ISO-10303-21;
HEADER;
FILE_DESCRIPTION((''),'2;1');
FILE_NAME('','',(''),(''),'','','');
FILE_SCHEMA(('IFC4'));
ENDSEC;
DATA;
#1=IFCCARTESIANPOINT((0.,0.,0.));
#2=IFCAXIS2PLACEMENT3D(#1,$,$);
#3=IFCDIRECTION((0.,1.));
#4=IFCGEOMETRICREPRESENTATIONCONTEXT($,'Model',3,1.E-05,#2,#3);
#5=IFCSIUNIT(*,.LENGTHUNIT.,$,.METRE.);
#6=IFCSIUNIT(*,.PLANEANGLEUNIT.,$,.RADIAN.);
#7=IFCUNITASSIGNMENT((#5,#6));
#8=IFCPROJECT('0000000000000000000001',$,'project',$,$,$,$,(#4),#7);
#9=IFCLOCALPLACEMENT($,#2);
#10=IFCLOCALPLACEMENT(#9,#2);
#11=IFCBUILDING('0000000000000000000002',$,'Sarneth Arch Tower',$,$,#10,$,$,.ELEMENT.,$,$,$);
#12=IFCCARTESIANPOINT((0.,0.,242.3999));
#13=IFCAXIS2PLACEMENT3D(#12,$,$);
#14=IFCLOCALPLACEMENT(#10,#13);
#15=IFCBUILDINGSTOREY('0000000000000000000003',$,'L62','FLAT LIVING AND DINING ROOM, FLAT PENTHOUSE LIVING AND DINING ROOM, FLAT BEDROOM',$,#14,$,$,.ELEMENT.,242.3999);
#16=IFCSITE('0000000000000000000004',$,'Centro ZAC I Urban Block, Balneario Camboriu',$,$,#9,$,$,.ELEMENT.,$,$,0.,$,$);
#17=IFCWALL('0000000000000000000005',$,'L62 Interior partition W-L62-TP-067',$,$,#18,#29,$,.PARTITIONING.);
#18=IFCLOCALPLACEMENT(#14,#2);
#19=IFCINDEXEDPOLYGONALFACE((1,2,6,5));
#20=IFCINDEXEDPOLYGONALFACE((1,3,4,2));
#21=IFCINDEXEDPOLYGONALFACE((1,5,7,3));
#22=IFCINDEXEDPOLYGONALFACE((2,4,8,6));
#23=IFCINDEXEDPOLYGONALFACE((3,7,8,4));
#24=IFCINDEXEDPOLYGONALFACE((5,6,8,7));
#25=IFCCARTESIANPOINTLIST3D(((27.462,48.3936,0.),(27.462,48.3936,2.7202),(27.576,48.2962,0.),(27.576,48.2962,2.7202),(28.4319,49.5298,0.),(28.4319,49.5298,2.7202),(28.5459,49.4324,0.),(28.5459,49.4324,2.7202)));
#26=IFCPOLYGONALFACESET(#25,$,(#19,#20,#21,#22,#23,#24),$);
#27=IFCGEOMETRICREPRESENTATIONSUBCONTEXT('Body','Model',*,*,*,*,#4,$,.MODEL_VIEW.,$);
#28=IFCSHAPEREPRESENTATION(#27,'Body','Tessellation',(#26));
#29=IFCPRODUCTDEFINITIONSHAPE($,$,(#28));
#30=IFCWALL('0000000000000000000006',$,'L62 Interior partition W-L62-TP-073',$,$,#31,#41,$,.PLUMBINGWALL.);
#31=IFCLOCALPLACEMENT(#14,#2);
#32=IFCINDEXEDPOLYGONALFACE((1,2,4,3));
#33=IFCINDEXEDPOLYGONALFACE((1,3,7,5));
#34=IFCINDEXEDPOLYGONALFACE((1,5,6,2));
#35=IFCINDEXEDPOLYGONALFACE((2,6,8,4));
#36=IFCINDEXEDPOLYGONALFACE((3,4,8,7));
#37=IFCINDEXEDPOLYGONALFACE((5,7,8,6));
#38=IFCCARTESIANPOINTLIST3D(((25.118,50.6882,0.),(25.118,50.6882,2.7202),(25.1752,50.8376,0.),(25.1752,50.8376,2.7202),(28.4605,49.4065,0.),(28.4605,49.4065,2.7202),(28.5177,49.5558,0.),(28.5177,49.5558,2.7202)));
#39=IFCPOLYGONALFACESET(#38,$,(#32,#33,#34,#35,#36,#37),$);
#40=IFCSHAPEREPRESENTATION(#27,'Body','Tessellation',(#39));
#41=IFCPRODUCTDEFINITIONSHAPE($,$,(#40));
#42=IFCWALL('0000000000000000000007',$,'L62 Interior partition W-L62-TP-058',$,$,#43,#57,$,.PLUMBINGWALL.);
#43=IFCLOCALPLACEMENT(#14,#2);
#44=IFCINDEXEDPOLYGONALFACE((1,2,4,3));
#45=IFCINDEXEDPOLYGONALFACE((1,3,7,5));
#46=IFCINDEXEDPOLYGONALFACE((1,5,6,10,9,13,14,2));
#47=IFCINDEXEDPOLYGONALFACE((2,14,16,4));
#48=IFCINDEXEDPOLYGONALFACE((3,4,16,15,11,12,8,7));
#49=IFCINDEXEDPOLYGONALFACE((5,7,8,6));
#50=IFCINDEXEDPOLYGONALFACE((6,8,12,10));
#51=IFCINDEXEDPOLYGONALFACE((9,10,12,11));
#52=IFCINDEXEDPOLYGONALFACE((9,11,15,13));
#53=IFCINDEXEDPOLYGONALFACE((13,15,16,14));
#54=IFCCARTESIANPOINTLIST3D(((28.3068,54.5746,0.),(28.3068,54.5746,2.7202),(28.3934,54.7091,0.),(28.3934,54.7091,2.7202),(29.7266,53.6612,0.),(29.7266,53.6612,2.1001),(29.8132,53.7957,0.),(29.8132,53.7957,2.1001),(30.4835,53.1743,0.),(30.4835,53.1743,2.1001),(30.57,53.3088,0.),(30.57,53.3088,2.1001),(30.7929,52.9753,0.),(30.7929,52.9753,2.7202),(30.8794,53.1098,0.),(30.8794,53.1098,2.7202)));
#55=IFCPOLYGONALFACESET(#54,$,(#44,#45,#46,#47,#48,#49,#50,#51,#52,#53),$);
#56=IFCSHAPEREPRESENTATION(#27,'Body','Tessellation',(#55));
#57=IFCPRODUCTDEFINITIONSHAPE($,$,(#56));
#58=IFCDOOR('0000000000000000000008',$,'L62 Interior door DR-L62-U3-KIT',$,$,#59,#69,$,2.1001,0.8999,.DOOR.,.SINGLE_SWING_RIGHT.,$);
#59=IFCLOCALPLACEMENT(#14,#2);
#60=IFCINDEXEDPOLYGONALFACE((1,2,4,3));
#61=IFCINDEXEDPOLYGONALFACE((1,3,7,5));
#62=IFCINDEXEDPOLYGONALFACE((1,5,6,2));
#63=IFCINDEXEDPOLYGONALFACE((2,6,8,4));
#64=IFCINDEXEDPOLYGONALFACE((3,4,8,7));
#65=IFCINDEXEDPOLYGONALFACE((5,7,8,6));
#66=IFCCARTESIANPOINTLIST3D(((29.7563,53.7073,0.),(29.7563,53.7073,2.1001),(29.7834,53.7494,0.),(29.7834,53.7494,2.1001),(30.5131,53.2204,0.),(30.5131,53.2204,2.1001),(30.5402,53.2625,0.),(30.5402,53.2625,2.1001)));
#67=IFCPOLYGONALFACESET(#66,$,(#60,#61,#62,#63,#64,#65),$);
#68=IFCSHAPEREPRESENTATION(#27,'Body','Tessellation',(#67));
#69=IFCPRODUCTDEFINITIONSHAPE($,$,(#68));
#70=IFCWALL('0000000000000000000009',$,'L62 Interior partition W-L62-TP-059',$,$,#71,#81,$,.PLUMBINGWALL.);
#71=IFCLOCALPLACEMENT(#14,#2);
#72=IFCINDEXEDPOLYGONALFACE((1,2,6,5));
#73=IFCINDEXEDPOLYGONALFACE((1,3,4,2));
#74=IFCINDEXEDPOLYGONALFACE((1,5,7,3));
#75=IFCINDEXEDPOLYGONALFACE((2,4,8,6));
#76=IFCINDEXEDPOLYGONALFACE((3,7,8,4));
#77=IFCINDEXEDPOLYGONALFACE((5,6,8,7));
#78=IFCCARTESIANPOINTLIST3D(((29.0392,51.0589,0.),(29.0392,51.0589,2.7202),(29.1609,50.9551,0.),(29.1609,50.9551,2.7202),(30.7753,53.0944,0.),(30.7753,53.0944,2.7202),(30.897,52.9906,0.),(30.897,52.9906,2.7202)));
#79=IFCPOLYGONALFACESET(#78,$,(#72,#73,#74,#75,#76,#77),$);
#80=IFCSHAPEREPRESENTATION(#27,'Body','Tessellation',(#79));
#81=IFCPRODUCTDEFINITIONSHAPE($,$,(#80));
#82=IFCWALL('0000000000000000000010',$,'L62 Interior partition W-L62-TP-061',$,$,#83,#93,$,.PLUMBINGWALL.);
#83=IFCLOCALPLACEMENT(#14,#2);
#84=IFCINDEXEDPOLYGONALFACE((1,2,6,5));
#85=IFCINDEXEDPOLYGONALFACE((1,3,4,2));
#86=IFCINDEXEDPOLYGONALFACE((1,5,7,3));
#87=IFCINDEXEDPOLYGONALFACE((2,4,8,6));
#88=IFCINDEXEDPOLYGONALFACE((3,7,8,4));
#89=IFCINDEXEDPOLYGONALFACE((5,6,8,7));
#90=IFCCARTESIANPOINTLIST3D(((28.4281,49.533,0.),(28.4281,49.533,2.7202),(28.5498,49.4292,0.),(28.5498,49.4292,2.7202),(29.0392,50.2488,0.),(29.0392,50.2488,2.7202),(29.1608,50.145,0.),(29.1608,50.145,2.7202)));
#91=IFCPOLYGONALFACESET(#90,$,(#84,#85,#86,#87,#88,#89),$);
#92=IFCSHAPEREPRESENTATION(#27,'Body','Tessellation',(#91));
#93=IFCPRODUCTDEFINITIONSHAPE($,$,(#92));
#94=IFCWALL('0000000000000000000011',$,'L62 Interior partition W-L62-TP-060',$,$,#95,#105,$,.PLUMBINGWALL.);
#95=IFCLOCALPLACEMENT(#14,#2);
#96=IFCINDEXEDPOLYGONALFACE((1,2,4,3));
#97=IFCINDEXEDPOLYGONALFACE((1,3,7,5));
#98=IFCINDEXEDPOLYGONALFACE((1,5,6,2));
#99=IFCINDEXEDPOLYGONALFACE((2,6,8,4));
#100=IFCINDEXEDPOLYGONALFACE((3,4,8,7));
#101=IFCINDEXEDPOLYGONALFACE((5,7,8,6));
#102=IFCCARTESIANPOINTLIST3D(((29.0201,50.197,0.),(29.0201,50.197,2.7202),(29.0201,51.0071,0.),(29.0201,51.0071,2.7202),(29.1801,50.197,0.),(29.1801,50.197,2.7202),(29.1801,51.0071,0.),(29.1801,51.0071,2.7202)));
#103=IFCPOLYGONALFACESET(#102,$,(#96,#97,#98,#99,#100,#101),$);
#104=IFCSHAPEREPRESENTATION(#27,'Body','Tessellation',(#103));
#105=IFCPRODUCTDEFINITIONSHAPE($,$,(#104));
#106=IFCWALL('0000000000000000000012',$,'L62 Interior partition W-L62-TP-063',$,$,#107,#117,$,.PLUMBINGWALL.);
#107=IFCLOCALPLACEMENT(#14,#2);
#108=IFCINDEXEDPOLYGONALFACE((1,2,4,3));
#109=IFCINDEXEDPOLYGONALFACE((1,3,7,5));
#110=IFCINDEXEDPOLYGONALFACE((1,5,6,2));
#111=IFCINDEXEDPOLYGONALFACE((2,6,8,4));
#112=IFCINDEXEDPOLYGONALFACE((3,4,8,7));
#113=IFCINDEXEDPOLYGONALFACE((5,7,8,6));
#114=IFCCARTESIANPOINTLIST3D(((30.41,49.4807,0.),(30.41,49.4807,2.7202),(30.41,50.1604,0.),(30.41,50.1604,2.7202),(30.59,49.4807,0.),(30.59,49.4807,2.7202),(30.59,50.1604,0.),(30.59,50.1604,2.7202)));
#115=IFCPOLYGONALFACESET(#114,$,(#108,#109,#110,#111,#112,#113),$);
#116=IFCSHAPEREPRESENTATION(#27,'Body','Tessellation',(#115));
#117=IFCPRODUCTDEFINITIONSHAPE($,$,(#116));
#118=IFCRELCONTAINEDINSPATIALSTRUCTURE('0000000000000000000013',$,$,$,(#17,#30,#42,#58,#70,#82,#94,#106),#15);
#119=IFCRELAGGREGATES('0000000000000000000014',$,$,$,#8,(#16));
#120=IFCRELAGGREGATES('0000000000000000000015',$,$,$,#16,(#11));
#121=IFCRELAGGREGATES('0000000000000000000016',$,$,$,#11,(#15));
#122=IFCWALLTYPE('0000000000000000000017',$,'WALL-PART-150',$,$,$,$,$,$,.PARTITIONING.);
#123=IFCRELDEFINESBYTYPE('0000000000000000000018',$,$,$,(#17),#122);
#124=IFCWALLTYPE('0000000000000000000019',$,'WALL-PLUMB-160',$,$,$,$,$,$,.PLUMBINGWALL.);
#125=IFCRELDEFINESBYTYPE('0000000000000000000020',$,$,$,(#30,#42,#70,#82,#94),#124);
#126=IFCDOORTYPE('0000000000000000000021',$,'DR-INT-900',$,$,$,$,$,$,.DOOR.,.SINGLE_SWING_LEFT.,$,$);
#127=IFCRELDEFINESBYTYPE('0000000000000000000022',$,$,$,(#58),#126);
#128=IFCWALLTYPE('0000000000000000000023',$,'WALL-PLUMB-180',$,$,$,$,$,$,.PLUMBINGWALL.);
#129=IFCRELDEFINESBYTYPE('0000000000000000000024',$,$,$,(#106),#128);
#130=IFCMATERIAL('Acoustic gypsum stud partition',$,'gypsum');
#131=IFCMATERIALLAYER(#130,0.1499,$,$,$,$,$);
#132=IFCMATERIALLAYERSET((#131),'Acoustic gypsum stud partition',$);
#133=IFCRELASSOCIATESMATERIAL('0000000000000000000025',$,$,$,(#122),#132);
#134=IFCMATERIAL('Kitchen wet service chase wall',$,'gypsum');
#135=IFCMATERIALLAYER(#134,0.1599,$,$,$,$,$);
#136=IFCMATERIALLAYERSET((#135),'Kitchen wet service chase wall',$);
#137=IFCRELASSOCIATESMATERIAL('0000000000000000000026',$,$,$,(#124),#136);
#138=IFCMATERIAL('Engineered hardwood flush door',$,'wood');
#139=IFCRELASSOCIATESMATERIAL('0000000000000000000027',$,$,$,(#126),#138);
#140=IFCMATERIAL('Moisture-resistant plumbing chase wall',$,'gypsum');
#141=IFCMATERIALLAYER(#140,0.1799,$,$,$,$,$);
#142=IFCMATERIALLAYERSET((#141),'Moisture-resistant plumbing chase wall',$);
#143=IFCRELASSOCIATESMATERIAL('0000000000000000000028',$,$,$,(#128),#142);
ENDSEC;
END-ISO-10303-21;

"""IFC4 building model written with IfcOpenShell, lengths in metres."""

from ifc_helpers import new_model, si_unit, direction, frame, frame_2d, origin, place, context, subcontext, project, spatial, rectangle, extrude, material, layer, layer_set, type_object, element, fill, save


model = new_model("IFC4")

# Units and contexts
model_context = context("Model", 3, precision=1e-05, world=origin(), true_north=direction((0.0, 1.0)))
body_context = subcontext(model_context, "Body", "Model", "MODEL_VIEW")
ifc_project = project(units=[si_unit("LENGTHUNIT", "METRE"), si_unit("PLANEANGLEUNIT", "RADIAN")], contexts=[model_context])

# Site, building, storey
site_placement = place(None, origin())
site = spatial("IfcSite", under=ifc_project, at=site_placement, Name="Centro ZAC I Urban Block, Balneario Camboriu", CompositionType="ELEMENT", RefElevation=0.0)
building_placement = place(site_placement, origin())
building = spatial("IfcBuilding", under=site, at=building_placement, Name="Sarneth Arch Tower", CompositionType="ELEMENT")
storey_placement = place(building_placement, frame((0.0, 0.0, 242.3999)))
storey = spatial("IfcBuildingStorey", under=building, at=storey_placement, Name="L62", Description="FLAT LIVING AND DINING ROOM, FLAT PENTHOUSE LIVING AND DINING ROOM, FLAT BEDROOM", CompositionType="ELEMENT", Elevation=242.3999)

# Walls
ifc_material_1 = material(Name="Acoustic gypsum stud partition", Category="gypsum")
ifc_layer_1 = layer(ifc_material_1, 0.1499)
ifc_layer_set_1 = layer_set([ifc_layer_1], Name="Acoustic gypsum stud partition")
wall_type_1 = type_object("IfcWallType", Name="WALL-PART-150", PredefinedType="PARTITIONING", material=ifc_layer_set_1)
wall_1_placement = place(storey_placement, frame((28.489, 49.4812, 0.0), z_axis=(0.0, 0.0, 1.0), x_axis=(-0.649269, -0.760559, 0.0)))
element("IfcWall", 1, at=wall_1_placement, inside=storey, type_object=wall_type_1, Name="L62 Interior partition W-L62-TP-067", PredefinedType="PARTITIONING", context=body_context, shape_type="SweptSolid", body=[
    extrude(rectangle(XDim=1.4939, YDim=0.1499, at=frame_2d((0.7471, 0.0))), origin(), (0.0, 0.0, 1.0), 2.7202),
])
ifc_material_2 = material(Name="Kitchen wet service chase wall", Category="gypsum")
ifc_layer_2 = layer(ifc_material_2, 0.1599)
ifc_layer_set_2 = layer_set([ifc_layer_2], Name="Kitchen wet service chase wall")
wall_type_2 = type_object("IfcWallType", Name="WALL-PLUMB-160", PredefinedType="PLUMBINGWALL", material=ifc_layer_set_2)
wall_2_placement = place(storey_placement, frame((25.1465, 50.7629, 0.0), z_axis=(0.0, 0.0, 1.0), x_axis=(0.933705, -0.358042, 0.0)))
element("IfcWall", 2, at=wall_2_placement, inside=storey, type_object=wall_type_2, Name="L62 Interior partition W-L62-TP-073", PredefinedType="PLUMBINGWALL", context=body_context, shape_type="SweptSolid", body=[
    extrude(rectangle(XDim=3.5798, YDim=0.1599, at=frame_2d((1.79, 0.0))), origin(), (0.0, 0.0, 1.0), 2.7202),
])

# Wall, opening, door
wall_3_placement = place(storey_placement, frame((28.3501, 54.6418, 0.0), z_axis=(0.0, 0.0, 1.0), x_axis=(0.840999, -0.541037, 0.0)))
wall_3 = element("IfcWall", 3, at=wall_3_placement, inside=storey, type_object=wall_type_2, Name="L62 Interior partition W-L62-TP-058", PredefinedType="PLUMBINGWALL", context=body_context, shape_type="SweptSolid", body=[
    extrude(rectangle(XDim=2.9561, YDim=0.1599, at=frame_2d((1.478, 0.0))), origin(), (0.0, 0.0, 1.0), 2.7202),
])
opening_1_placement = place(wall_3_placement, frame((1.6882, 0.0, 0.0)))
opening_1 = element("IfcOpeningElement", 4, at=opening_1_placement, cuts=wall_3, PredefinedType="OPENING", context=body_context, shape_type="SweptSolid", body=[
    extrude(rectangle(XDim=0.8999, YDim=2.1001, at=frame_2d((0.45, 1.05))), frame((0.0, 0.0898, 0.0), z_axis=(0.0, -1.0, 0.0), x_axis=(1.0, 0.0, 0.0)), (0.0, 0.0, 1.0), 0.1799),
])
ifc_material_3 = material(Name="Engineered hardwood flush door", Category="wood")
door_type_1 = type_object("IfcDoorType", Name="DR-INT-900", OperationType="SINGLE_SWING_LEFT", PredefinedType="DOOR", material=ifc_material_3)
door_1_placement = place(opening_1_placement, origin())
door_1 = element("IfcDoor", 5, at=door_1_placement, inside=storey, type_object=door_type_1, Name="L62 Interior door DR-L62-U3-KIT", OperationType="SINGLE_SWING_RIGHT", OverallHeight=2.1001, OverallWidth=0.8999, PredefinedType="DOOR", context=body_context, shape_type="SweptSolid", body=[
    extrude(rectangle(XDim=0.8999, YDim=2.1001, at=frame_2d((0.45, 1.05))), frame((0.0, 0.0249, 0.0), z_axis=(0.0, -1.0, 0.0), x_axis=(1.0, 0.0, 0.0)), (0.0, 0.0, 1.0), 0.05),
])
fill(opening_1, door_1)

# Walls
wall_4_placement = place(storey_placement, frame((30.8362, 53.0425, 0.0), z_axis=(0.0, 0.0, 1.0), x_axis=(-0.648948, -0.760833, 0.0)))
element("IfcWall", 6, at=wall_4_placement, inside=storey, type_object=wall_type_2, Name="L62 Interior partition W-L62-TP-059", PredefinedType="PLUMBINGWALL", context=body_context, shape_type="SweptSolid", body=[
    extrude(rectangle(XDim=2.6753, YDim=0.1599, at=frame_2d((1.3376, 0.0))), origin(), (0.0, 0.0, 1.0), 2.7202),
])
wall_5_placement = place(storey_placement, frame((29.1001, 50.197, 0.0), z_axis=(0.0, 0.0, 1.0), x_axis=(-0.649273, -0.760555, 0.0)))
element("IfcWall", 7, at=wall_5_placement, inside=storey, type_object=wall_type_2, Name="L62 Interior partition W-L62-TP-061", PredefinedType="PLUMBINGWALL", context=body_context, shape_type="SweptSolid", body=[
    extrude(rectangle(XDim=0.9412, YDim=0.1599, at=frame_2d((0.4707, 0.0))), origin(), (0.0, 0.0, 1.0), 2.7202),
])
wall_6_placement = place(storey_placement, frame((29.1001, 51.0071, 0.0), z_axis=(0.0, 0.0, 1.0), x_axis=(0.0, -1.0, 0.0)))
element("IfcWall", 8, at=wall_6_placement, inside=storey, type_object=wall_type_2, Name="L62 Interior partition W-L62-TP-060", PredefinedType="PLUMBINGWALL", context=body_context, shape_type="SweptSolid", body=[
    extrude(rectangle(XDim=0.8101, YDim=0.1599, at=frame_2d((0.405, 0.0))), origin(), (0.0, 0.0, 1.0), 2.7202),
])
ifc_material_4 = material(Name="Moisture-resistant plumbing chase wall", Category="gypsum")
ifc_layer_3 = layer(ifc_material_4, 0.1799)
ifc_layer_set_3 = layer_set([ifc_layer_3], Name="Moisture-resistant plumbing chase wall")
wall_type_3 = type_object("IfcWallType", Name="WALL-PLUMB-180", PredefinedType="PLUMBINGWALL", material=ifc_layer_set_3)
wall_7_placement = place(storey_placement, frame((30.5, 50.1604, 0.0), z_axis=(0.0, 0.0, 1.0), x_axis=(0.0, -1.0, 0.0)))
element("IfcWall", 9, at=wall_7_placement, inside=storey, type_object=wall_type_3, Name="L62 Interior partition W-L62-TP-063", PredefinedType="PLUMBINGWALL", context=body_context, shape_type="SweptSolid", body=[
    extrude(rectangle(XDim=0.6797, YDim=0.1799, at=frame_2d((0.3398, 0.0))), origin(), (0.0, 0.0, 1.0), 2.7202),
])

save(model, "model.ifc")
